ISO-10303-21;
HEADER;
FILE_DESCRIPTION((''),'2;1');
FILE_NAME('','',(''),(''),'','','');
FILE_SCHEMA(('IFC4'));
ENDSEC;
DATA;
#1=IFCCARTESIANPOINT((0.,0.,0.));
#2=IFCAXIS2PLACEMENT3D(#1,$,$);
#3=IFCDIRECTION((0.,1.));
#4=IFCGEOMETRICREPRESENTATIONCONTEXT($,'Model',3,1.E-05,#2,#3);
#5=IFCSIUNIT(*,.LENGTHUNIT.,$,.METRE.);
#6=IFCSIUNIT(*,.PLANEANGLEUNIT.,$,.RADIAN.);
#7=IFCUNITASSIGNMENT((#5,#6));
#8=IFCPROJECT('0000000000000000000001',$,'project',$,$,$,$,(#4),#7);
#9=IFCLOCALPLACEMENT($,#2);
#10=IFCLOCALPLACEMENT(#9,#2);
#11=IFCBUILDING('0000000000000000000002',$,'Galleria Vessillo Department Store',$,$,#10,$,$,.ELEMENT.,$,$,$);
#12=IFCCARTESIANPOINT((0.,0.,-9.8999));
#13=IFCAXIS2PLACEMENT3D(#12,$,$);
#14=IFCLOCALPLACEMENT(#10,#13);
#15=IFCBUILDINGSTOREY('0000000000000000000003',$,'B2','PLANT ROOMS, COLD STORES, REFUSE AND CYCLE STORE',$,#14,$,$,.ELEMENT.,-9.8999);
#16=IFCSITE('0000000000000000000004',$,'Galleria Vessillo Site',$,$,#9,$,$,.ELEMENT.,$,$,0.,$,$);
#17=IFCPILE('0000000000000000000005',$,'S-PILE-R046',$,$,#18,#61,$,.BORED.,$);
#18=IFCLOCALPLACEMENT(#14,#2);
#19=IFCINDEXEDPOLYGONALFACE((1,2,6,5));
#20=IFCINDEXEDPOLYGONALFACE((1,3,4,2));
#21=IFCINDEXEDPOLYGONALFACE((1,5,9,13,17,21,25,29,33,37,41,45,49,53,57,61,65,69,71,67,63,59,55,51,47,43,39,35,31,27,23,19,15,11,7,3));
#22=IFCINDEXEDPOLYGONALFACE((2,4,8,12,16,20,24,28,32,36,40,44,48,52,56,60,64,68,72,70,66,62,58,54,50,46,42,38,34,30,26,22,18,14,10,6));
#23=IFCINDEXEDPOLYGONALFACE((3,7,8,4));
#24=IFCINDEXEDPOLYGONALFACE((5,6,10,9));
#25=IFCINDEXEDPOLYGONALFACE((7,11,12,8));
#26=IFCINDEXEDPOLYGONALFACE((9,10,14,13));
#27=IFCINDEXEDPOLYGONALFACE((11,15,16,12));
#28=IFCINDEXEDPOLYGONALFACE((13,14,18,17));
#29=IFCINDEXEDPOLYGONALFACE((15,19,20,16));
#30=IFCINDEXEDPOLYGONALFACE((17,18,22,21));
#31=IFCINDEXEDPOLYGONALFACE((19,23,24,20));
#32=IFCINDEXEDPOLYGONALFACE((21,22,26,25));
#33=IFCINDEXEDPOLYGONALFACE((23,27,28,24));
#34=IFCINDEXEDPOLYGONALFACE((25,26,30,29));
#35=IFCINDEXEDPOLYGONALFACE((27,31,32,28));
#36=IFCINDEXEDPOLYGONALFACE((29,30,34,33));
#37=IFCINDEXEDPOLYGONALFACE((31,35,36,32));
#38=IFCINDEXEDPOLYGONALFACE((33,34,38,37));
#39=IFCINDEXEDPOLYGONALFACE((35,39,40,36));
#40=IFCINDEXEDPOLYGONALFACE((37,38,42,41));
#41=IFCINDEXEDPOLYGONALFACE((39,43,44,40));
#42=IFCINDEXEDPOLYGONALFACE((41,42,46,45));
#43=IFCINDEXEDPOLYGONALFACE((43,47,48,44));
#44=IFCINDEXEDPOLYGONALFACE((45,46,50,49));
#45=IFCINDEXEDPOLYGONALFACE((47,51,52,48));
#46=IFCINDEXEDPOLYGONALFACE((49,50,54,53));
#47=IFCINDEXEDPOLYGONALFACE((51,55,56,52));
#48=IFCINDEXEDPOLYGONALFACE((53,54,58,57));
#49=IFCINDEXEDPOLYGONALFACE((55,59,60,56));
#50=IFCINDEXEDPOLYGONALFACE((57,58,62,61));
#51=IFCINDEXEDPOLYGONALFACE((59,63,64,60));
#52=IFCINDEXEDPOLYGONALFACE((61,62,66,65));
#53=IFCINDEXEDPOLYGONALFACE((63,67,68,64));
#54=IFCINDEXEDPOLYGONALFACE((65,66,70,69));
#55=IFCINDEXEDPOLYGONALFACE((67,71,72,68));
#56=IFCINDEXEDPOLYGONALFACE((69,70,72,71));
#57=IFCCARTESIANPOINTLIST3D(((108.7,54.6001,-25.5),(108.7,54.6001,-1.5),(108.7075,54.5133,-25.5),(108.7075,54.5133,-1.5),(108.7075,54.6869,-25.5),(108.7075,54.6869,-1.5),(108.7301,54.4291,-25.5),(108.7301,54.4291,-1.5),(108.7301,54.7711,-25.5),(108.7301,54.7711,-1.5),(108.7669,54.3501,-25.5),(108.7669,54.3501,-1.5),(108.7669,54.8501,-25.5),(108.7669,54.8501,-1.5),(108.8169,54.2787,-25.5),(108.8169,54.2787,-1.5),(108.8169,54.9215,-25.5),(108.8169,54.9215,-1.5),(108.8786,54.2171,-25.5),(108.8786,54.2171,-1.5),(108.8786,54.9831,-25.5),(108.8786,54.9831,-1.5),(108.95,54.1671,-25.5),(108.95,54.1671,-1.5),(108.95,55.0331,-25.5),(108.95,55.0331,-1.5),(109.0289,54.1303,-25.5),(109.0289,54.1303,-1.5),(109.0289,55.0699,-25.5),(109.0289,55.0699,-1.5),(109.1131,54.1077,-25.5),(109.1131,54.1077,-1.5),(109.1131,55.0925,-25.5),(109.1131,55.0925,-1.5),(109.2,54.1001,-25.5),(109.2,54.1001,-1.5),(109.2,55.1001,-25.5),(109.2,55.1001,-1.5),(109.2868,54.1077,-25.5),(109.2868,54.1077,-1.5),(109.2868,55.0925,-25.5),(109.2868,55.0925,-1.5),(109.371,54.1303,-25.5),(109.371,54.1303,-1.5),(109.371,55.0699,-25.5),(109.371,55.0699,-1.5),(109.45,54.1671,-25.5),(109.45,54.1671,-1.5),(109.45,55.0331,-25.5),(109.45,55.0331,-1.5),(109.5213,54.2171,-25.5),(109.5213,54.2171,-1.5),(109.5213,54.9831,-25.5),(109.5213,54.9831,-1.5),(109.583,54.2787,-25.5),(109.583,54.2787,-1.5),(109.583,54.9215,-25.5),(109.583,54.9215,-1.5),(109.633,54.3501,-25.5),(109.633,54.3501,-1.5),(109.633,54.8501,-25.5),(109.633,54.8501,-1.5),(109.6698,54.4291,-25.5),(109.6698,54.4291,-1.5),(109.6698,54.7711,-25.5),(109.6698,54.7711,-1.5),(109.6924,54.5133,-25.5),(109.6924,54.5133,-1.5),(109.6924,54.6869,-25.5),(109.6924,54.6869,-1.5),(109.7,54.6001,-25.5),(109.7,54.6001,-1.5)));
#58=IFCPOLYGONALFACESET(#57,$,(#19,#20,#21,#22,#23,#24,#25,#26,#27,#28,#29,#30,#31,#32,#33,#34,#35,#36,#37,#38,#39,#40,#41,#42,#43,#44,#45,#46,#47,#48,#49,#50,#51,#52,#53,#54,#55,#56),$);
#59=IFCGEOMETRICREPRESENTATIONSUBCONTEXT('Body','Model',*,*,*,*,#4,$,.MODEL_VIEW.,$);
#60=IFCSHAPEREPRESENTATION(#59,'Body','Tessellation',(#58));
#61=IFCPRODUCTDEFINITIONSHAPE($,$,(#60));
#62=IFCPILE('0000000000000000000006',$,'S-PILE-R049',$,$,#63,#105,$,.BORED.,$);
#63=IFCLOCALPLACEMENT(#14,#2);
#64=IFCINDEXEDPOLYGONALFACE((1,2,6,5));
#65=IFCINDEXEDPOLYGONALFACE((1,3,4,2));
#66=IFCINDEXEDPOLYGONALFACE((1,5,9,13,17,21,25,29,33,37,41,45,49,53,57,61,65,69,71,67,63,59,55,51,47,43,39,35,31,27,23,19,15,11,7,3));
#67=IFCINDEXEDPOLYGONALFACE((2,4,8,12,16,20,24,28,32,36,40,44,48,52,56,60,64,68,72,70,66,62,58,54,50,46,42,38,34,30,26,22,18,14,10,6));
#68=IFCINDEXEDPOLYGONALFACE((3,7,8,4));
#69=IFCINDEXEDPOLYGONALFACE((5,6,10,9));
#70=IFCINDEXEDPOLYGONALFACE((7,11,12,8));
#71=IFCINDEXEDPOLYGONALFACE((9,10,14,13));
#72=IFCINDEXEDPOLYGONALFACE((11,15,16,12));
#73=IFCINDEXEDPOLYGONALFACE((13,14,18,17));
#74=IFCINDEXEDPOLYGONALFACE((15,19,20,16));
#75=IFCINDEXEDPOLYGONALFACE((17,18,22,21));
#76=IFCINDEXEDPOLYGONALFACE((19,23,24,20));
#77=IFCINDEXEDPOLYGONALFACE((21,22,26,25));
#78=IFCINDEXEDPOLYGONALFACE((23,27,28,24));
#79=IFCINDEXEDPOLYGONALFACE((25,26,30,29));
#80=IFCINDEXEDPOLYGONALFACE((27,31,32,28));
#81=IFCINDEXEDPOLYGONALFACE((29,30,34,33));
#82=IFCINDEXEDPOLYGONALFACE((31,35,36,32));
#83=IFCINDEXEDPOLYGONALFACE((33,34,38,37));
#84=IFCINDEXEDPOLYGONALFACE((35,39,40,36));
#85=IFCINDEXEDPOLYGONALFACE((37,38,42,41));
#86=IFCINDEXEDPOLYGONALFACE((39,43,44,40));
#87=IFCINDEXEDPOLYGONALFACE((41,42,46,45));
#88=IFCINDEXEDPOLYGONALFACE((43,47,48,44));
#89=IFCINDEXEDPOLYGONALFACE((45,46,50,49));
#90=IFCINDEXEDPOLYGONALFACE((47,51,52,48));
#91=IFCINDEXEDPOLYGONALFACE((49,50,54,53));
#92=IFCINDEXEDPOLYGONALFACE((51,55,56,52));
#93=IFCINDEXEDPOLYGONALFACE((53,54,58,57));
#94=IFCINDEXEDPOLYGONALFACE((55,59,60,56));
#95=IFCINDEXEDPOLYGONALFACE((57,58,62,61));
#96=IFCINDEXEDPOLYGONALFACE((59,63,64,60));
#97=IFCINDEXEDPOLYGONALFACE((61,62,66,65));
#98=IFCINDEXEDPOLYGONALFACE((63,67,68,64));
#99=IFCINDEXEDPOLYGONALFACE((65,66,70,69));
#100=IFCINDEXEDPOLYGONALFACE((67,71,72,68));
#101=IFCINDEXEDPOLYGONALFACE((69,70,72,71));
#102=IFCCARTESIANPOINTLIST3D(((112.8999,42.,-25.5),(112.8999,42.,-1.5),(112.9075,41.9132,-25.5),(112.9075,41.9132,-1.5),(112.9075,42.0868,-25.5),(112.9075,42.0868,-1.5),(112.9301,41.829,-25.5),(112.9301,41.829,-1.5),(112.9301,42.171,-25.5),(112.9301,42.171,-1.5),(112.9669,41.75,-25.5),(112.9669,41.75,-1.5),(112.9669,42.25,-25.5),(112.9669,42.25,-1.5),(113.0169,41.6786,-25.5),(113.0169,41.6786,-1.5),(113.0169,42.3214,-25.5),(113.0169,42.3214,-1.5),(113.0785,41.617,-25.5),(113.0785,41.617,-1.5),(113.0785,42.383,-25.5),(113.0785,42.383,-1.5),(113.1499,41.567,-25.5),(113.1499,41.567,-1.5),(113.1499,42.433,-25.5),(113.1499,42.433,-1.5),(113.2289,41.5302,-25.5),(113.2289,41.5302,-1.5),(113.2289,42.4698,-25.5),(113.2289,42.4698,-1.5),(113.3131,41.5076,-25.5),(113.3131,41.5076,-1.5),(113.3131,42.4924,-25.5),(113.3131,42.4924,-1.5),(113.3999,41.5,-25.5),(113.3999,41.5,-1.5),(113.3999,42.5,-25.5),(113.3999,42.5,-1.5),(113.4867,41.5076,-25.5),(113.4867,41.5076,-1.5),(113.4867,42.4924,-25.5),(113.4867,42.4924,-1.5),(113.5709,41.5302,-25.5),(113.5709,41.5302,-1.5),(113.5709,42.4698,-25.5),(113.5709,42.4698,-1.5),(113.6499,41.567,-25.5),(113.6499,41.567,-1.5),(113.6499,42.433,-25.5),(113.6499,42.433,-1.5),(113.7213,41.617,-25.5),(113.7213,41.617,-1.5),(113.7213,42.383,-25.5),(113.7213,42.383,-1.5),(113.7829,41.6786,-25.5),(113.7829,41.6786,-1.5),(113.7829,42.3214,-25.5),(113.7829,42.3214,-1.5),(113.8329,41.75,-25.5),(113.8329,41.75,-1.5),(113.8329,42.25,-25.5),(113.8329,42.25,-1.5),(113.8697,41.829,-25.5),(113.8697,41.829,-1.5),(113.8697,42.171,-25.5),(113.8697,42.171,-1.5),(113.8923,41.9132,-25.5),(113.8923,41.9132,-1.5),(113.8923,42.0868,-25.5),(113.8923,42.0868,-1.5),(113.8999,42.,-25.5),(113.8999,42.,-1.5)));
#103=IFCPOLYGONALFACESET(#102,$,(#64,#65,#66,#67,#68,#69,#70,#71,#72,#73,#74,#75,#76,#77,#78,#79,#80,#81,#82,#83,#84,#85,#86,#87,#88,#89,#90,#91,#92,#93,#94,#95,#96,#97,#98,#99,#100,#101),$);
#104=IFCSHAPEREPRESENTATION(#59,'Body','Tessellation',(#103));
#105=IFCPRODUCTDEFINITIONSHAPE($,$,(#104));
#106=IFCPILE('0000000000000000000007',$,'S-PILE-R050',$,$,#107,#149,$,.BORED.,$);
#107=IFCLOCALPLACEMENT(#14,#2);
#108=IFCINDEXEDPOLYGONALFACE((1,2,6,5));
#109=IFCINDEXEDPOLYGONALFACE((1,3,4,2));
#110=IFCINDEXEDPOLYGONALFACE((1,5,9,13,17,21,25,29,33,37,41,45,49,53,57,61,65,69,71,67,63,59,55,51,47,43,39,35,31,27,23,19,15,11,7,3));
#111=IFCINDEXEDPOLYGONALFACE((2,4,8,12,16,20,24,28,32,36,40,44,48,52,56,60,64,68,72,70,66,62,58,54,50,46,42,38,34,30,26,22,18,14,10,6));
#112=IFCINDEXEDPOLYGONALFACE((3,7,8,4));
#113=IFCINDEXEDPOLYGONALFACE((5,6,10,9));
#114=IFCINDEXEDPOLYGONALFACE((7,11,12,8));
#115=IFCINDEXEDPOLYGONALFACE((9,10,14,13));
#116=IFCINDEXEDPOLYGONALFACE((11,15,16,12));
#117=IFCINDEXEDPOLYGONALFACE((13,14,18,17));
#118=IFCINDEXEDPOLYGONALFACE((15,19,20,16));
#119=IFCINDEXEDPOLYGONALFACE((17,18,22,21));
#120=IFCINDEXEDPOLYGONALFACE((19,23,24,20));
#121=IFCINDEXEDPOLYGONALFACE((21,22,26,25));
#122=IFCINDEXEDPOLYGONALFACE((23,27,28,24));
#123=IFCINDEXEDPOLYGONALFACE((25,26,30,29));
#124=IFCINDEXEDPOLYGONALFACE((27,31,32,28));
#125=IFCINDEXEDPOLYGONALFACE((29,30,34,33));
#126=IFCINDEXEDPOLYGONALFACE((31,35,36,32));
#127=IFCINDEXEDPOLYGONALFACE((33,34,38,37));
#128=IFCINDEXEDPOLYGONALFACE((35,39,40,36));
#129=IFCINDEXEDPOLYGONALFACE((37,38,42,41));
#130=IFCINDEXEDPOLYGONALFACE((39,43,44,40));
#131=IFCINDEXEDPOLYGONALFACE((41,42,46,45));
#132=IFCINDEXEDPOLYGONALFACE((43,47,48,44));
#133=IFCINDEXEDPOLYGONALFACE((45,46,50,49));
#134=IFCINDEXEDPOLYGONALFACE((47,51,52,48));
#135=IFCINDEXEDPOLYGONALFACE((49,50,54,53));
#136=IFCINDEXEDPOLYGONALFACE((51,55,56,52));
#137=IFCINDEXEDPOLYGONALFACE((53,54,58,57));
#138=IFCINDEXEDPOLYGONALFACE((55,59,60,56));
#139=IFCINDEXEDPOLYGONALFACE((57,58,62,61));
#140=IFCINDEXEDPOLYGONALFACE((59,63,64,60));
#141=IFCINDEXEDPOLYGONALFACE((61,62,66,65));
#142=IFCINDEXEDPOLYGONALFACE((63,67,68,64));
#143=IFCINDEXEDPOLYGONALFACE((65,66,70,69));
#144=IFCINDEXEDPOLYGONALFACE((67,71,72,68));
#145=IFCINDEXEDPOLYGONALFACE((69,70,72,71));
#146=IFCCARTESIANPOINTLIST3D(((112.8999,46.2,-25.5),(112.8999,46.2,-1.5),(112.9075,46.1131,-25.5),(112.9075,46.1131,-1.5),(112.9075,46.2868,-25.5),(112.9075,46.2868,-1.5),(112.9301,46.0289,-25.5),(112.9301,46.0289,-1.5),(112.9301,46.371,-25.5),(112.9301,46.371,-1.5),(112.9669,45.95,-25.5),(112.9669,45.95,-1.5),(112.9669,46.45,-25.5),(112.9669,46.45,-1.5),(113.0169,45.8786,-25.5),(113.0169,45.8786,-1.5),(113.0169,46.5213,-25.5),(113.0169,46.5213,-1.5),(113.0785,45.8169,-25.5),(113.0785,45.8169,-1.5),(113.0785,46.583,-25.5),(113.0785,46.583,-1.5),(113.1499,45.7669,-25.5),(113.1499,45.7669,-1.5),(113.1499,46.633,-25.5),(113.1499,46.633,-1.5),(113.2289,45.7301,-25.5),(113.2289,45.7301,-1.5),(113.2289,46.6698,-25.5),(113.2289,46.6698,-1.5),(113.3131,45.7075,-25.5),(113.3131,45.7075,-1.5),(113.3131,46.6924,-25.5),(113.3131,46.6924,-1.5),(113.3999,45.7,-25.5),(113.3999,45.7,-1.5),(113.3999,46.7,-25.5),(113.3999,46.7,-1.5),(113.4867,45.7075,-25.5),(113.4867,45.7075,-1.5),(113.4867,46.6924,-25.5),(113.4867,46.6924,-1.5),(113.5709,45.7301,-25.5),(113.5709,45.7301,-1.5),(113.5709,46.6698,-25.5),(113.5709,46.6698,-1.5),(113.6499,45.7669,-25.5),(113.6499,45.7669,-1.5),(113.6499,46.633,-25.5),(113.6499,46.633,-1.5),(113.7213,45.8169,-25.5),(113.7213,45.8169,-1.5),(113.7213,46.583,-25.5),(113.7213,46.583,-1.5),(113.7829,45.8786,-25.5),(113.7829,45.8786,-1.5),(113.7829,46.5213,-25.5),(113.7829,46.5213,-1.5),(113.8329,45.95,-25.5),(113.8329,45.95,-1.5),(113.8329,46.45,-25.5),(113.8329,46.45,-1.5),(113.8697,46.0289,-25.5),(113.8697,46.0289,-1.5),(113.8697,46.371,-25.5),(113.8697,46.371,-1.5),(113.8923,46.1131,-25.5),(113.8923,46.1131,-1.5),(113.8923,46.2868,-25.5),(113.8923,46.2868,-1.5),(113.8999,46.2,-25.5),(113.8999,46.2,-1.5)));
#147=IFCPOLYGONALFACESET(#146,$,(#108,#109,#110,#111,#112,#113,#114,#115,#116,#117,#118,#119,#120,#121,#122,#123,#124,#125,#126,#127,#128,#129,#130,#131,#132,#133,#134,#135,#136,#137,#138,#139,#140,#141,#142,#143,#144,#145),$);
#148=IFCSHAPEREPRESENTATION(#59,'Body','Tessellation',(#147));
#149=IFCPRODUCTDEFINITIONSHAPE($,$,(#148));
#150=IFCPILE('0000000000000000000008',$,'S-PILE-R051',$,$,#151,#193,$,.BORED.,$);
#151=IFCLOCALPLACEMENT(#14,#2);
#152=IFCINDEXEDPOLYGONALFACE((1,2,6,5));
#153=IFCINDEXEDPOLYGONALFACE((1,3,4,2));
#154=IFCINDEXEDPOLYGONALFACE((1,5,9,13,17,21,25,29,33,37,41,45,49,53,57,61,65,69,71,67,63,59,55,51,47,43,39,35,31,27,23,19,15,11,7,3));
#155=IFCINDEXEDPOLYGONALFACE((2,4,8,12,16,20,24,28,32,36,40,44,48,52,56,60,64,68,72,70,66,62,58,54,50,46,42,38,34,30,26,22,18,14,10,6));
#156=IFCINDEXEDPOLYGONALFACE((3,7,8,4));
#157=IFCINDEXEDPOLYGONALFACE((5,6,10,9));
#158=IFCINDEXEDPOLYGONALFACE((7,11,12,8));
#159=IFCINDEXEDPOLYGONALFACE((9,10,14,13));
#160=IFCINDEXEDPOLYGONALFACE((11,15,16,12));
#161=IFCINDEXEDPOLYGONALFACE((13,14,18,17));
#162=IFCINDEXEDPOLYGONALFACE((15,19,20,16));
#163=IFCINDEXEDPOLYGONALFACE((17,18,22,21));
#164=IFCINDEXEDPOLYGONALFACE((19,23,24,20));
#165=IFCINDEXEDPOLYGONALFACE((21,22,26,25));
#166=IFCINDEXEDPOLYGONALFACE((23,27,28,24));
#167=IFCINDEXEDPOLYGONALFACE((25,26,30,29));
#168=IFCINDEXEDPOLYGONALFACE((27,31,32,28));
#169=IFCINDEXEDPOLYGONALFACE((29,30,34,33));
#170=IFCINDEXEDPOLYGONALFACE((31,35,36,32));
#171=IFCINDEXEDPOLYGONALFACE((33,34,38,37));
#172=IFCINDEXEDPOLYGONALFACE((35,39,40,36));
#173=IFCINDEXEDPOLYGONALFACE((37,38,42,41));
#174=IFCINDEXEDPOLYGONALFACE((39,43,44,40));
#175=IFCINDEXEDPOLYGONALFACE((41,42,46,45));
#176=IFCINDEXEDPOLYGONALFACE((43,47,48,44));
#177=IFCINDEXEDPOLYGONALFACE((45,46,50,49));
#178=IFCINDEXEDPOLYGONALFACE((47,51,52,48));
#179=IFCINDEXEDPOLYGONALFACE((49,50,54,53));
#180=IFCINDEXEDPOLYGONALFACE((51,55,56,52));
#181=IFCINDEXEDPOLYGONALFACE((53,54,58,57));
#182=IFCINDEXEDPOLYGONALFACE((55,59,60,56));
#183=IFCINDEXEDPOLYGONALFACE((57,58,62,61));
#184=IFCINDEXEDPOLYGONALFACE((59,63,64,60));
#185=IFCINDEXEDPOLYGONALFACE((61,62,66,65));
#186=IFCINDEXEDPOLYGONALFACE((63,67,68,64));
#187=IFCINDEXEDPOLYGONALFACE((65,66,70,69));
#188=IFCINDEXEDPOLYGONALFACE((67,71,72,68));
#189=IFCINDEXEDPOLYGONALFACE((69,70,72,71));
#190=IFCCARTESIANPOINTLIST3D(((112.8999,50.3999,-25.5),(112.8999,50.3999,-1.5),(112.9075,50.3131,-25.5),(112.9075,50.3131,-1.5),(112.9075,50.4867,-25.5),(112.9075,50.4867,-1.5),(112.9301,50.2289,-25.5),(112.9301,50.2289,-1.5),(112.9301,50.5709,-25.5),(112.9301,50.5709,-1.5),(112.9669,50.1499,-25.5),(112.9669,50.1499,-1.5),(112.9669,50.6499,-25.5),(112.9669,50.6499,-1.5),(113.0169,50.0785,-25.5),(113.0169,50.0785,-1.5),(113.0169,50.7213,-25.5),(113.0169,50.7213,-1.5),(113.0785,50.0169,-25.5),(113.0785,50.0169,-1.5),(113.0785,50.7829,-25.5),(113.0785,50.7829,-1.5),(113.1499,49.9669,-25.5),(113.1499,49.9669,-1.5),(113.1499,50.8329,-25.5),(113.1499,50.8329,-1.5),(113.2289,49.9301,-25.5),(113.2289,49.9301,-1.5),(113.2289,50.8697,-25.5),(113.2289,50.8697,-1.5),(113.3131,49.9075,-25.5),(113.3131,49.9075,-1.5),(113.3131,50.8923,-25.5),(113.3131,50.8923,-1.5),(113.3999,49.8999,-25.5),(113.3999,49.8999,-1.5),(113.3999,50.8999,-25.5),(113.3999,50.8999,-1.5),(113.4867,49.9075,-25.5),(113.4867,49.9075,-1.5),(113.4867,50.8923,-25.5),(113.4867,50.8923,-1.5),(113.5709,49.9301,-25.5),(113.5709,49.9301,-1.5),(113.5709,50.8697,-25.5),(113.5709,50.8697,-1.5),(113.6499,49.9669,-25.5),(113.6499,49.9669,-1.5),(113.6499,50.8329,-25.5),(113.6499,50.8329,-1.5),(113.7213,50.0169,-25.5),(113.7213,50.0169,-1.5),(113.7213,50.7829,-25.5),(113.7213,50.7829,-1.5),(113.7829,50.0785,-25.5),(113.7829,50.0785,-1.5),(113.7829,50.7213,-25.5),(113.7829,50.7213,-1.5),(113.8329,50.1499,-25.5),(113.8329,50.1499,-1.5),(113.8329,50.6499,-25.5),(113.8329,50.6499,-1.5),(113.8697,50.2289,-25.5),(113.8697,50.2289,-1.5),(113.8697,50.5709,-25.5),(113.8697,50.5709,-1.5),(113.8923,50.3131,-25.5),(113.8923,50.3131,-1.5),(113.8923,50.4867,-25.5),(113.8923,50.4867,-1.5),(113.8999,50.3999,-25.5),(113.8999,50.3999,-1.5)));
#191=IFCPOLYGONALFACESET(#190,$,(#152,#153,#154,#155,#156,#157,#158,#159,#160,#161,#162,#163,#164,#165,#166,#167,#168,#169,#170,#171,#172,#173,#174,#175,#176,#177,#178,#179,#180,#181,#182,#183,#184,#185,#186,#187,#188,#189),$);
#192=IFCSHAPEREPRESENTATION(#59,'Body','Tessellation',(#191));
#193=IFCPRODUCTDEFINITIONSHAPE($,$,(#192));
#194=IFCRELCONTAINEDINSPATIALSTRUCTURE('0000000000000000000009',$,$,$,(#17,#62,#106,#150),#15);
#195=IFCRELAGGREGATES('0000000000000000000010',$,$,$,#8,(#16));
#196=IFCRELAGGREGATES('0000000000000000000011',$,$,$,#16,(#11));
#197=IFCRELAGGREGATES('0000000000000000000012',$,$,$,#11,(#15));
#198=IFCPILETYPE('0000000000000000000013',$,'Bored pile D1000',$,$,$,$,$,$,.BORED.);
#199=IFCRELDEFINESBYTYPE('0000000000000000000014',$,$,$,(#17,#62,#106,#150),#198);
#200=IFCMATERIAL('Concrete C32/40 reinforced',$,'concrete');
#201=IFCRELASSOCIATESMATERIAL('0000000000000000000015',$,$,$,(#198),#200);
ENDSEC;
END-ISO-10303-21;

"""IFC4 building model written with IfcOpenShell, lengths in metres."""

from ifc_helpers import new_model, si_unit, direction, frame, origin, origin_2d, place, context, subcontext, project, spatial, circle, extrude, material, material_profile, profile_set, type_object, element, save


model = new_model("IFC4")

# Units and contexts
model_context = context("Model", 3, precision=1e-05, world=origin(), true_north=direction((0.0, 1.0)))
body_context = subcontext(model_context, "Body", "Model", "MODEL_VIEW")
ifc_project = project(units=[si_unit("LENGTHUNIT", "METRE"), si_unit("PLANEANGLEUNIT", "RADIAN")], contexts=[model_context])

# Site, building, storey
site_placement = place(None, origin())
site = spatial("IfcSite", under=ifc_project, at=site_placement, Name="Galleria Vessillo Site", CompositionType="ELEMENT", RefElevation=0.0)
building_placement = place(site_placement, origin())
building = spatial("IfcBuilding", under=site, at=building_placement, Name="Galleria Vessillo Department Store", CompositionType="ELEMENT")
storey_placement = place(building_placement, frame((0.0, 0.0, -9.8999)))
storey = spatial("IfcBuildingStorey", under=building, at=storey_placement, Name="B2", Description="PLANT ROOMS, COLD STORES, REFUSE AND CYCLE STORE", CompositionType="ELEMENT", Elevation=-9.8999)

# Piles
ifc_material_1 = material(Name="Concrete C32/40 reinforced", Category="concrete")
ifc_material_profile_1 = material_profile(ifc_material_1, circle(Radius=0.5, at=origin_2d()), Name="Bored pile D1000")
ifc_profile_set_1 = profile_set([ifc_material_profile_1], Name="Concrete C32/40 reinforced")
pile_type = type_object("IfcPileType", Name="Bored pile D1000", PredefinedType="BORED", material=ifc_profile_set_1)
for number, where, z_axis, x_axis, name in (
    (1, (109.2, 54.6001, -1.5), (0.0, 0.0, -1.0), (1.0, 0.0, 0.0), "S-PILE-R046"),
    (2, (113.3999, 42.0, -1.5), (0.0, 0.0, -1.0), (1.0, 0.0, 0.0), "S-PILE-R049"),
    (3, (113.3999, 46.2, -1.5), (0.0, 0.0, -1.0), (1.0, 0.0, 0.0), "S-PILE-R050"),
    (4, (113.3999, 50.3999, -1.5), (0.0, 0.0, -1.0), (1.0, 0.0, 0.0), "S-PILE-R051"),
):
    element("IfcPile", number, at=place(storey_placement, frame(where, z_axis=z_axis, x_axis=x_axis)), inside=storey, type_object=pile_type, Name=name, PredefinedType="BORED", context=body_context, shape_type="SweptSolid", body=[
        extrude(circle(Radius=0.5, at=origin_2d()), origin(), (0.0, 0.0, 1.0), 24.0),
    ])

save(model, "model.ifc")
